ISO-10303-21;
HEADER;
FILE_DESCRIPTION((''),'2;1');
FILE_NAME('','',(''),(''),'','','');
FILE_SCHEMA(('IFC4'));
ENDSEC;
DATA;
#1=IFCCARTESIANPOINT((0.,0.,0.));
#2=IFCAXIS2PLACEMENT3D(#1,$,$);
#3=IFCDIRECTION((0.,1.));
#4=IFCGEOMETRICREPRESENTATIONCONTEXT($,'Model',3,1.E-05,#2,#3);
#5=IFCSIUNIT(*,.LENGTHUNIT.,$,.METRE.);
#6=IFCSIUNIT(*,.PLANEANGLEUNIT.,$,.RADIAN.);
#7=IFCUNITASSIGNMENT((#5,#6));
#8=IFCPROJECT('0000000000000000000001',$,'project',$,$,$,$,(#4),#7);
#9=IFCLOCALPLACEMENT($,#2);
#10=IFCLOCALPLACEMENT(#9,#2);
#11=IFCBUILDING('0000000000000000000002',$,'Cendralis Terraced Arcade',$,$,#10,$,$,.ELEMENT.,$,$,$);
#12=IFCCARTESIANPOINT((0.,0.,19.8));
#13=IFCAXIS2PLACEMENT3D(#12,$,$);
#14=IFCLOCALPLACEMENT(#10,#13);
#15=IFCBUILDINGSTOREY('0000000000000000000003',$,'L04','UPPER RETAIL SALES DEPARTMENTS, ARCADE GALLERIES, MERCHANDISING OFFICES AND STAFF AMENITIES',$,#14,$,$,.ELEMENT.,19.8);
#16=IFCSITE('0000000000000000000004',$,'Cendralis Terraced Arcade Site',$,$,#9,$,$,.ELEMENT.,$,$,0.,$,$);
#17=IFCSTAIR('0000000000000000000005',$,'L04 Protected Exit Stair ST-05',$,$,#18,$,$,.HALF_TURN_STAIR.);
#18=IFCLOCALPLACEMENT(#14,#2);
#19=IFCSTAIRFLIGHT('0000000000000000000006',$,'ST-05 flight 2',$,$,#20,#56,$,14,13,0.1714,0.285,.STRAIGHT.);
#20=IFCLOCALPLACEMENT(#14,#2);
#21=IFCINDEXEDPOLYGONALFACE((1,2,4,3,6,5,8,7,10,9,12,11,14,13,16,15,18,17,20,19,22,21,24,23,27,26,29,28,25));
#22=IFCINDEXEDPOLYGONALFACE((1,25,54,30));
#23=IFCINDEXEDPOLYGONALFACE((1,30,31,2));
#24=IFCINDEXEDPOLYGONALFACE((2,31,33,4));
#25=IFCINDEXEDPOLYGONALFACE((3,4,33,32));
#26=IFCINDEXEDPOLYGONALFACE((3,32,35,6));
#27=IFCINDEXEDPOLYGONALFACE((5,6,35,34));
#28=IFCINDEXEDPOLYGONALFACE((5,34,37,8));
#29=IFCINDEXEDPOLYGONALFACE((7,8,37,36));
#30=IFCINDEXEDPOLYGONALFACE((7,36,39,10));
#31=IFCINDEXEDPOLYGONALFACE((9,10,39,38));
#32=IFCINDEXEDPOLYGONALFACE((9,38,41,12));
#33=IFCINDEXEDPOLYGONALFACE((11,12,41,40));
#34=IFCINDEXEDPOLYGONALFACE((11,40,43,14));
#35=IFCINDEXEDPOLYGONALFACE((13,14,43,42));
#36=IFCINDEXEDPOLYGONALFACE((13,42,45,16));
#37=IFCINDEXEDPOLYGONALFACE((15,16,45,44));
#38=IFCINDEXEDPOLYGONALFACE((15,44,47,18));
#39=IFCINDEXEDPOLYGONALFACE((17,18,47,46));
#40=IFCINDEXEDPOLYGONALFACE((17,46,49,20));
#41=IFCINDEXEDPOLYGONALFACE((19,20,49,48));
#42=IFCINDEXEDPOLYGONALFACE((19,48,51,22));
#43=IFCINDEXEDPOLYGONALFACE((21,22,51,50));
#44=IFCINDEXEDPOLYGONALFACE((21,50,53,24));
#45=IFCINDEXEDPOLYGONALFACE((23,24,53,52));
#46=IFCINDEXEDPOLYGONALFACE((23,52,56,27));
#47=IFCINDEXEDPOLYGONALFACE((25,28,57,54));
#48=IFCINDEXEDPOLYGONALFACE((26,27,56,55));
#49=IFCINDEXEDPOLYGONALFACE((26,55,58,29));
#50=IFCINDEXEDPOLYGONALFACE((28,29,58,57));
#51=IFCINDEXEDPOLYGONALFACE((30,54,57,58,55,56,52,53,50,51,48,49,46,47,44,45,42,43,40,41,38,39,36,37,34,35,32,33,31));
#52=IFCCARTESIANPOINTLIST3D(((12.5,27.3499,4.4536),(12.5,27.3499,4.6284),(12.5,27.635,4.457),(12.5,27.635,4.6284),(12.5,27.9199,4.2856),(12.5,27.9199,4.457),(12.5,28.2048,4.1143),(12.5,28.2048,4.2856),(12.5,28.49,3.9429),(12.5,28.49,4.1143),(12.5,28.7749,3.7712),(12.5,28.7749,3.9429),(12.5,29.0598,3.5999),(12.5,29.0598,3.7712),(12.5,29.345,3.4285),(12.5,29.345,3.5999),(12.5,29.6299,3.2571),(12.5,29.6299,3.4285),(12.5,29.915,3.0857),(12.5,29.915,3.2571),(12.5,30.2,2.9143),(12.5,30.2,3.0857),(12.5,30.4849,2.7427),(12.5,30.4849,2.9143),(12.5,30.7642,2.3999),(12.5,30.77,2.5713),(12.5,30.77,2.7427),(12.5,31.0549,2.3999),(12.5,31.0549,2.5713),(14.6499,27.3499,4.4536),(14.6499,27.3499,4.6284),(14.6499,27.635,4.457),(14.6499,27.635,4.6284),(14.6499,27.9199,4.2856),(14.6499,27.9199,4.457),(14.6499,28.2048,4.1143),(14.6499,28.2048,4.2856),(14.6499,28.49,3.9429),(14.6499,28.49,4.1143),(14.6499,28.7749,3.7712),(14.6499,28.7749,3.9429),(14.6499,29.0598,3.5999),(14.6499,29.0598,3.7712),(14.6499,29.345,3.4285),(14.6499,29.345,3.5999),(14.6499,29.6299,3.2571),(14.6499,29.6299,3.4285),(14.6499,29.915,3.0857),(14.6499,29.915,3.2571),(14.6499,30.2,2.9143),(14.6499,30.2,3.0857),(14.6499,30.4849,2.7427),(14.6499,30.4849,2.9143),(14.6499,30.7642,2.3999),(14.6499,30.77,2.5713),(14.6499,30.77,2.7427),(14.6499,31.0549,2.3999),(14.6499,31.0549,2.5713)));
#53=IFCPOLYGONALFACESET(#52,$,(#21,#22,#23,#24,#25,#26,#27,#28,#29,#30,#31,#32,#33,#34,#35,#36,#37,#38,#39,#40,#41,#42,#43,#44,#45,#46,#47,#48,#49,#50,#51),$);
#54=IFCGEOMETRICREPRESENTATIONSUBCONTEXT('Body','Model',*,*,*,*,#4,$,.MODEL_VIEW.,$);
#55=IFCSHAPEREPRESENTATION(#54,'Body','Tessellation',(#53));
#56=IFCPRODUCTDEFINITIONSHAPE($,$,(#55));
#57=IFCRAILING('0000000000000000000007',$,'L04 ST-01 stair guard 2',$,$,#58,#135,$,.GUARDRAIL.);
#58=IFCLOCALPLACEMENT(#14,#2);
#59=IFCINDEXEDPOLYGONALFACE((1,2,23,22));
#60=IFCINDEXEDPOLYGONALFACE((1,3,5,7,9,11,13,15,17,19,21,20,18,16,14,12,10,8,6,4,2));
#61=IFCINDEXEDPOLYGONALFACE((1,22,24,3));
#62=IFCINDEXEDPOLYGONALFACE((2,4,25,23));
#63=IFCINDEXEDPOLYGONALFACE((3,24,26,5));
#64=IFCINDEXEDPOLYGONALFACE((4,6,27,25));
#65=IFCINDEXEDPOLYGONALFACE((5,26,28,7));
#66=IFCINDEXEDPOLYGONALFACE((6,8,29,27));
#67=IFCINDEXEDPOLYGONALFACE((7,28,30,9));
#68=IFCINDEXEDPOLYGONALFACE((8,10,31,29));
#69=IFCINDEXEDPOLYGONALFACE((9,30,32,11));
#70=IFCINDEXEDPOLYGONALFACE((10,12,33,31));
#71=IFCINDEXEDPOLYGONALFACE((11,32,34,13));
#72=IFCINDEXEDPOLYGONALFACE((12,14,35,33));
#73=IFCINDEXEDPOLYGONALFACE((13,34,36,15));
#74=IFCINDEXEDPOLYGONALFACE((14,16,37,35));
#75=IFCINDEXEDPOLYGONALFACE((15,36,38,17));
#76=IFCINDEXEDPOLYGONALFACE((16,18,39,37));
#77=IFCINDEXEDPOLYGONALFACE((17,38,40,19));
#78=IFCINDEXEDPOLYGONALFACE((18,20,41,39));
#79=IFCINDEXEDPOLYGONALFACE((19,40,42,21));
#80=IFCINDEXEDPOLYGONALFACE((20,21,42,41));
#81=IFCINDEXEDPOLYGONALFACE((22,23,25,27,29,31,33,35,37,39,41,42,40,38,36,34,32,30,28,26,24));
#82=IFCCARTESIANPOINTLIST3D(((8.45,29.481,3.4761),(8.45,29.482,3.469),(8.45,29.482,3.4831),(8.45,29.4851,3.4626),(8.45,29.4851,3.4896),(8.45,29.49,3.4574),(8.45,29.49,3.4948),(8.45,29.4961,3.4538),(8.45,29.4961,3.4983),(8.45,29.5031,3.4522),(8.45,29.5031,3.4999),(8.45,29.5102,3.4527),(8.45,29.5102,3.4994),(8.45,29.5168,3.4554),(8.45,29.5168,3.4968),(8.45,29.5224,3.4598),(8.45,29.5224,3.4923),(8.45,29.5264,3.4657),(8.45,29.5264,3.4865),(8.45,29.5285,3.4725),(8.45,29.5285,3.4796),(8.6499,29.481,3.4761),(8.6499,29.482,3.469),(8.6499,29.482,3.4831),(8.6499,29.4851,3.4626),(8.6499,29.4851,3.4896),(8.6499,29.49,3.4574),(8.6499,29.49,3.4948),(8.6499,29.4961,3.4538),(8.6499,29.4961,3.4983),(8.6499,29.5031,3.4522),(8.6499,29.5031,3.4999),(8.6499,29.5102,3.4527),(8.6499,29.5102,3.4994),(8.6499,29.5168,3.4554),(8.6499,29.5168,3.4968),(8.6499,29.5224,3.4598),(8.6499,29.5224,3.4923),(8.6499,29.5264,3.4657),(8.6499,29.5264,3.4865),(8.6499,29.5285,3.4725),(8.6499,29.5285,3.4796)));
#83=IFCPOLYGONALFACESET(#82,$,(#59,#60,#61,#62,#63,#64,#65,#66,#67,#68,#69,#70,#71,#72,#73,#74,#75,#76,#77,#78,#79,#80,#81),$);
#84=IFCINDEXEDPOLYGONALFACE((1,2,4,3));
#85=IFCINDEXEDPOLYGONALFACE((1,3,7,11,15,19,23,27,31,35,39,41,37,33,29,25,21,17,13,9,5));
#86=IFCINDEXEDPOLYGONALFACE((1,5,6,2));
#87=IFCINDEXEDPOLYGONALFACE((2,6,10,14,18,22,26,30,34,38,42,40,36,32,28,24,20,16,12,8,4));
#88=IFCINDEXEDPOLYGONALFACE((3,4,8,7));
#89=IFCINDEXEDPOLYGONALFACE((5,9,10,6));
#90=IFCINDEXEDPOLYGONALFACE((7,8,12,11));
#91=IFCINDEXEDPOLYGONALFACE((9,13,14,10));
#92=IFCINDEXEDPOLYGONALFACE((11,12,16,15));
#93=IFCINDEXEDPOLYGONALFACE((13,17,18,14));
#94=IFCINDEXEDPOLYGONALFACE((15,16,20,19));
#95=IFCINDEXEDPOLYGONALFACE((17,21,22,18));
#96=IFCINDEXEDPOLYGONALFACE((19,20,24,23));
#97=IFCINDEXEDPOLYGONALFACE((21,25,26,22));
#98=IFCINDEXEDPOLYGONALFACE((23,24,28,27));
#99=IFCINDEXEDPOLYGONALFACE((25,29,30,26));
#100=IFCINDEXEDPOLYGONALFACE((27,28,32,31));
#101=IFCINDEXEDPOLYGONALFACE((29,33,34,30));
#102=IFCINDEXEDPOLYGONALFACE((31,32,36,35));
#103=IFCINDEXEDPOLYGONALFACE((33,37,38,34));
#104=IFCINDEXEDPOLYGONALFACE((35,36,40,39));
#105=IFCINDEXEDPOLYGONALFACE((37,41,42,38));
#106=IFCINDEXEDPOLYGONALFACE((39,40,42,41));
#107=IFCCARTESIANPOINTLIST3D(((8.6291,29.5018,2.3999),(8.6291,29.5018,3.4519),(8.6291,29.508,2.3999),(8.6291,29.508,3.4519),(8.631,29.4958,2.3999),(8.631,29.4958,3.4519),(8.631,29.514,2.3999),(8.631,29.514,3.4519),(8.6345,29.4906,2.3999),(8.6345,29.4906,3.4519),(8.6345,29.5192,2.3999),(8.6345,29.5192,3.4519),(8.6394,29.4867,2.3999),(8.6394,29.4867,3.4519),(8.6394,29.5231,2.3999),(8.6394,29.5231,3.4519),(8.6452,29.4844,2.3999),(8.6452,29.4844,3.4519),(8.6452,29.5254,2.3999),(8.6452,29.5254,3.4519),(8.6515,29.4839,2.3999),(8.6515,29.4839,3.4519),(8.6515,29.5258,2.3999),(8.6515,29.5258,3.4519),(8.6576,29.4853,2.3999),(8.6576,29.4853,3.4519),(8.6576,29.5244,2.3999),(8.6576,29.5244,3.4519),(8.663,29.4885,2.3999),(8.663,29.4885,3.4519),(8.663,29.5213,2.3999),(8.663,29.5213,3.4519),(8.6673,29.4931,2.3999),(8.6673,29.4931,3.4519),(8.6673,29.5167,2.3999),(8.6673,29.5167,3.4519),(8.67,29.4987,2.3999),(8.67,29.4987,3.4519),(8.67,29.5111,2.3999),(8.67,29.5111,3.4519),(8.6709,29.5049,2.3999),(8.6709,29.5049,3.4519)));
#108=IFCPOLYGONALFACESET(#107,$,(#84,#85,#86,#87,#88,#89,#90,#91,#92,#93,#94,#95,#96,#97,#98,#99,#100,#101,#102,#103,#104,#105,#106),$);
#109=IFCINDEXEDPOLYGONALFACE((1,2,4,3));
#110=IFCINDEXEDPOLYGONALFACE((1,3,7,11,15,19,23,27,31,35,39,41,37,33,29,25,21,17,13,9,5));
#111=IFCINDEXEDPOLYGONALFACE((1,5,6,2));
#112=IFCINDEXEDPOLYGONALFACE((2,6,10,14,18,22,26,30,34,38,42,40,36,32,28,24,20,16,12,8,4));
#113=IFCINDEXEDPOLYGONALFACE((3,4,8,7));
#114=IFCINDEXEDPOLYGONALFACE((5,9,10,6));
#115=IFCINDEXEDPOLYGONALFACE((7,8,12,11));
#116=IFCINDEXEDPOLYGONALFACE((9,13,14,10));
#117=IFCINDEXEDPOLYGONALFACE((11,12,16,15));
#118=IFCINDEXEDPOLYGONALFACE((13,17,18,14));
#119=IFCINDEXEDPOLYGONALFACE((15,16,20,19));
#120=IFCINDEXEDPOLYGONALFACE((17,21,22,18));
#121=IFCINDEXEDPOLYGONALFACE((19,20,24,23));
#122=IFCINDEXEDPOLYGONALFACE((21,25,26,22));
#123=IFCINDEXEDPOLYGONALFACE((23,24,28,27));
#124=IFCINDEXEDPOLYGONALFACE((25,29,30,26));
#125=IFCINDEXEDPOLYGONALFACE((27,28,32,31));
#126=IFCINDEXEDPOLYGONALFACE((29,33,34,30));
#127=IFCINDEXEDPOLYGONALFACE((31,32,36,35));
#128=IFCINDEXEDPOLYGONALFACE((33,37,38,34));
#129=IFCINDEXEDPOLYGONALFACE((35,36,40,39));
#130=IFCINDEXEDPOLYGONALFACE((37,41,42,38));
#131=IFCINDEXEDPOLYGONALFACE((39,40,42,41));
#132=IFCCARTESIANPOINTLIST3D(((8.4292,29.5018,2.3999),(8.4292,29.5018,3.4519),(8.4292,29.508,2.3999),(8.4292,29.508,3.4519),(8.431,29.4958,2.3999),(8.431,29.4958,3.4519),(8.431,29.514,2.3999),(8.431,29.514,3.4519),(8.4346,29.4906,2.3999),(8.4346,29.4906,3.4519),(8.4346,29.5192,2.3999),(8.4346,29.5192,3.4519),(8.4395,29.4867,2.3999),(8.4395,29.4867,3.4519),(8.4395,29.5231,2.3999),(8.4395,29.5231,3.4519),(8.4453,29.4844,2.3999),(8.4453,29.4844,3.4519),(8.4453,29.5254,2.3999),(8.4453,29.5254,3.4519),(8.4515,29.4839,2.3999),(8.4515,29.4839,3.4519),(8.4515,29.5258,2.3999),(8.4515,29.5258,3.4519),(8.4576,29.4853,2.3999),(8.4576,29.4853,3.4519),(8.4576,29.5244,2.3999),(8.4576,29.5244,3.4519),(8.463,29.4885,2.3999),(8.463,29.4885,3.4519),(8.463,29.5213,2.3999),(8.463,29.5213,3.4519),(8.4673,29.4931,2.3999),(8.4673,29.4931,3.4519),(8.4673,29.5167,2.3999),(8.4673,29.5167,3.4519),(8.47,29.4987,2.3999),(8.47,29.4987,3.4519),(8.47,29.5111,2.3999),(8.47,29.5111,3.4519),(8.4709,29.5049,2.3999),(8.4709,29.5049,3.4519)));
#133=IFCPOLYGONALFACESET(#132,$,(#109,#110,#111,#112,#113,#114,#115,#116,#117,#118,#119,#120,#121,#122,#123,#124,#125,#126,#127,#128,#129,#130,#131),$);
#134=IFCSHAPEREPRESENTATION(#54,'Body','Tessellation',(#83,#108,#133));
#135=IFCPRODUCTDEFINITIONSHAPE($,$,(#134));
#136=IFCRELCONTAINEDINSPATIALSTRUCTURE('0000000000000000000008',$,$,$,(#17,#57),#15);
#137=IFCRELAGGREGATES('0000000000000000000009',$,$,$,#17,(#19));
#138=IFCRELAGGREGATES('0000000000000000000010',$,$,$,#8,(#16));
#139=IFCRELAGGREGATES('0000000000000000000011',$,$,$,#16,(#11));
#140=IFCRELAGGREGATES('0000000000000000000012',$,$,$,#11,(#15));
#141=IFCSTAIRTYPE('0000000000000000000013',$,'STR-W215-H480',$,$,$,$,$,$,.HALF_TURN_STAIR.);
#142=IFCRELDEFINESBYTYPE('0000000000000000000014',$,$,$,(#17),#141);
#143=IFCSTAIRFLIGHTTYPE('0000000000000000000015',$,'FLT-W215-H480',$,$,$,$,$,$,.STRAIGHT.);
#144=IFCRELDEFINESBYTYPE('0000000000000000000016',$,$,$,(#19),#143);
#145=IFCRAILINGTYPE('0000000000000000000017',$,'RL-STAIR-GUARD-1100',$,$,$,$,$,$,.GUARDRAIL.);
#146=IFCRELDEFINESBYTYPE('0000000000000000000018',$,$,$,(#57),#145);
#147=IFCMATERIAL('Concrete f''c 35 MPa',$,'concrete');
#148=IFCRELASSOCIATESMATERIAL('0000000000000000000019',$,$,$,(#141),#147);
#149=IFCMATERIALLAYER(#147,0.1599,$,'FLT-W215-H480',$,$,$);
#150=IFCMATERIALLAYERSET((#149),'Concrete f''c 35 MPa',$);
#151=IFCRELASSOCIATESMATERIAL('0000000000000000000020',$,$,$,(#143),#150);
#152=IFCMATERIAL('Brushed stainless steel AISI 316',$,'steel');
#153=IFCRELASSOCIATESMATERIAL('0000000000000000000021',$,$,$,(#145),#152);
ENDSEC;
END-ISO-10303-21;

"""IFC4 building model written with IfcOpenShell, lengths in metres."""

from ifc_helpers import new_model, si_unit, direction, frame, origin, origin_2d, place, context, subcontext, project, spatial, polyline, circle, outline, extrude, material, layer, layer_set, type_object, element, aggregate, save


model = new_model("IFC4")

# Units and contexts
model_context = context("Model", 3, precision=1e-05, world=origin(), true_north=direction((0.0, 1.0)))
body_context = subcontext(model_context, "Body", "Model", "MODEL_VIEW")
ifc_project = project(units=[si_unit("LENGTHUNIT", "METRE"), si_unit("PLANEANGLEUNIT", "RADIAN")], contexts=[model_context])

# Site, building, storey
site_placement = place(None, origin())
site = spatial("IfcSite", under=ifc_project, at=site_placement, Name="Cendralis Terraced Arcade Site", CompositionType="ELEMENT", RefElevation=0.0)
building_placement = place(site_placement, origin())
building = spatial("IfcBuilding", under=site, at=building_placement, Name="Cendralis Terraced Arcade", CompositionType="ELEMENT")
storey_placement = place(building_placement, frame((0.0, 0.0, 19.8)))
storey = spatial("IfcBuildingStorey", under=building, at=storey_placement, Name="L04", Description="UPPER RETAIL SALES DEPARTMENTS, ARCADE GALLERIES, MERCHANDISING OFFICES AND STAFF AMENITIES", CompositionType="ELEMENT", Elevation=19.8)

# Stair, stair flight
ifc_material_1 = material(Name="Concrete f'c 35 MPa", Category="concrete")
stair_type = type_object("IfcStairType", Name="STR-W215-H480", PredefinedType="HALF_TURN_STAIR", material=ifc_material_1)
ifc_layer_1 = layer(ifc_material_1, 0.1599, Name="FLT-W215-H480")
ifc_layer_set_1 = layer_set([ifc_layer_1], Name="Concrete f'c 35 MPa")
stair_flight_type = type_object("IfcStairFlightType", Name="FLT-W215-H480", PredefinedType="STRAIGHT", material=ifc_layer_set_1)
stair_1_placement = place(storey_placement, origin())
stair_1 = element("IfcStair", 1, at=stair_1_placement, inside=storey, type_object=stair_type, Name="L04 Protected Exit Stair ST-05", PredefinedType="HALF_TURN_STAIR")
stair_flight_1_placement = place(storey_placement, frame((13.575, 31.0549, 2.3999), z_axis=(0.0, 0.0, 1.0), x_axis=(0.0, -1.0, 0.0)))
stair_flight_1 = element("IfcStairFlight", 2, at=stair_flight_1_placement, type_object=stair_flight_type, Name="ST-05 flight 2", NumberOfRisers=14, NumberOfTreads=13, PredefinedType="STRAIGHT", RiserHeight=0.1714, TreadLength=0.285, context=body_context, shape_type="SweptSolid", body=[
    extrude(outline(polyline([(0.0, 0.0), (0.0, 0.1714), (0.2849, 0.1714), (0.2849, 0.3428), (0.5701, 0.3428), (0.5701, 0.5144), (0.855, 0.5144), (0.855, 0.6858), (1.1399, 0.6858), (1.1399, 0.8572), (1.425, 0.8572), (1.425, 1.0286), (1.71, 1.0286), (1.71, 1.2), (1.9951, 1.2), (1.9951, 1.3713), (2.28, 1.3713), (2.28, 1.543), (2.5649, 1.543), (2.5649, 1.7144), (2.8501, 1.7144), (2.8501, 1.8857), (3.135, 1.8857), (3.135, 2.0571), (3.4199, 2.0571), (3.4199, 2.2285), (3.7051, 2.2285), (3.7051, 2.3999), (3.7051, 2.0537), (0.2908, 0.0), (0.0, 0.0)])), frame((0.0, 1.075, 0.0), z_axis=(0.0, -1.0, 0.0), x_axis=(1.0, 0.0, 0.0)), (0.0, 0.0, 1.0), 2.1499),
])
aggregate(stair_1, [stair_flight_1])

# Railing
ifc_material_2 = material(Name="Brushed stainless steel AISI 316", Category="steel")
railing_type_1 = type_object("IfcRailingType", Name="RL-STAIR-GUARD-1100", PredefinedType="GUARDRAIL", material=ifc_material_2)
railing_1_placement = place(storey_placement, frame((8.6499, 29.5049, 2.3999)))
element("IfcRailing", 3, at=railing_1_placement, inside=storey, type_object=railing_type_1, Name="L04 ST-01 stair guard 2", PredefinedType="GUARDRAIL", context=body_context, shape_type="SweptSolid", body=[
    extrude(circle(Radius=0.0239, at=origin_2d()), frame((0.0, 0.0, 1.0762), z_axis=(-1.0, 0.0, 0.0), x_axis=(0.0, -1.0, 0.0)), (0.0, 0.0, 1.0), 0.2),
    extrude(circle(Radius=0.021, at=origin_2d()), origin(), (0.0, 0.0, 1.0), 1.052),
    extrude(circle(Radius=0.021, at=origin_2d()), frame((-0.2, 0.0, 0.0)), (0.0, 0.0, 1.0), 1.052),
])

save(model, "model.ifc")
